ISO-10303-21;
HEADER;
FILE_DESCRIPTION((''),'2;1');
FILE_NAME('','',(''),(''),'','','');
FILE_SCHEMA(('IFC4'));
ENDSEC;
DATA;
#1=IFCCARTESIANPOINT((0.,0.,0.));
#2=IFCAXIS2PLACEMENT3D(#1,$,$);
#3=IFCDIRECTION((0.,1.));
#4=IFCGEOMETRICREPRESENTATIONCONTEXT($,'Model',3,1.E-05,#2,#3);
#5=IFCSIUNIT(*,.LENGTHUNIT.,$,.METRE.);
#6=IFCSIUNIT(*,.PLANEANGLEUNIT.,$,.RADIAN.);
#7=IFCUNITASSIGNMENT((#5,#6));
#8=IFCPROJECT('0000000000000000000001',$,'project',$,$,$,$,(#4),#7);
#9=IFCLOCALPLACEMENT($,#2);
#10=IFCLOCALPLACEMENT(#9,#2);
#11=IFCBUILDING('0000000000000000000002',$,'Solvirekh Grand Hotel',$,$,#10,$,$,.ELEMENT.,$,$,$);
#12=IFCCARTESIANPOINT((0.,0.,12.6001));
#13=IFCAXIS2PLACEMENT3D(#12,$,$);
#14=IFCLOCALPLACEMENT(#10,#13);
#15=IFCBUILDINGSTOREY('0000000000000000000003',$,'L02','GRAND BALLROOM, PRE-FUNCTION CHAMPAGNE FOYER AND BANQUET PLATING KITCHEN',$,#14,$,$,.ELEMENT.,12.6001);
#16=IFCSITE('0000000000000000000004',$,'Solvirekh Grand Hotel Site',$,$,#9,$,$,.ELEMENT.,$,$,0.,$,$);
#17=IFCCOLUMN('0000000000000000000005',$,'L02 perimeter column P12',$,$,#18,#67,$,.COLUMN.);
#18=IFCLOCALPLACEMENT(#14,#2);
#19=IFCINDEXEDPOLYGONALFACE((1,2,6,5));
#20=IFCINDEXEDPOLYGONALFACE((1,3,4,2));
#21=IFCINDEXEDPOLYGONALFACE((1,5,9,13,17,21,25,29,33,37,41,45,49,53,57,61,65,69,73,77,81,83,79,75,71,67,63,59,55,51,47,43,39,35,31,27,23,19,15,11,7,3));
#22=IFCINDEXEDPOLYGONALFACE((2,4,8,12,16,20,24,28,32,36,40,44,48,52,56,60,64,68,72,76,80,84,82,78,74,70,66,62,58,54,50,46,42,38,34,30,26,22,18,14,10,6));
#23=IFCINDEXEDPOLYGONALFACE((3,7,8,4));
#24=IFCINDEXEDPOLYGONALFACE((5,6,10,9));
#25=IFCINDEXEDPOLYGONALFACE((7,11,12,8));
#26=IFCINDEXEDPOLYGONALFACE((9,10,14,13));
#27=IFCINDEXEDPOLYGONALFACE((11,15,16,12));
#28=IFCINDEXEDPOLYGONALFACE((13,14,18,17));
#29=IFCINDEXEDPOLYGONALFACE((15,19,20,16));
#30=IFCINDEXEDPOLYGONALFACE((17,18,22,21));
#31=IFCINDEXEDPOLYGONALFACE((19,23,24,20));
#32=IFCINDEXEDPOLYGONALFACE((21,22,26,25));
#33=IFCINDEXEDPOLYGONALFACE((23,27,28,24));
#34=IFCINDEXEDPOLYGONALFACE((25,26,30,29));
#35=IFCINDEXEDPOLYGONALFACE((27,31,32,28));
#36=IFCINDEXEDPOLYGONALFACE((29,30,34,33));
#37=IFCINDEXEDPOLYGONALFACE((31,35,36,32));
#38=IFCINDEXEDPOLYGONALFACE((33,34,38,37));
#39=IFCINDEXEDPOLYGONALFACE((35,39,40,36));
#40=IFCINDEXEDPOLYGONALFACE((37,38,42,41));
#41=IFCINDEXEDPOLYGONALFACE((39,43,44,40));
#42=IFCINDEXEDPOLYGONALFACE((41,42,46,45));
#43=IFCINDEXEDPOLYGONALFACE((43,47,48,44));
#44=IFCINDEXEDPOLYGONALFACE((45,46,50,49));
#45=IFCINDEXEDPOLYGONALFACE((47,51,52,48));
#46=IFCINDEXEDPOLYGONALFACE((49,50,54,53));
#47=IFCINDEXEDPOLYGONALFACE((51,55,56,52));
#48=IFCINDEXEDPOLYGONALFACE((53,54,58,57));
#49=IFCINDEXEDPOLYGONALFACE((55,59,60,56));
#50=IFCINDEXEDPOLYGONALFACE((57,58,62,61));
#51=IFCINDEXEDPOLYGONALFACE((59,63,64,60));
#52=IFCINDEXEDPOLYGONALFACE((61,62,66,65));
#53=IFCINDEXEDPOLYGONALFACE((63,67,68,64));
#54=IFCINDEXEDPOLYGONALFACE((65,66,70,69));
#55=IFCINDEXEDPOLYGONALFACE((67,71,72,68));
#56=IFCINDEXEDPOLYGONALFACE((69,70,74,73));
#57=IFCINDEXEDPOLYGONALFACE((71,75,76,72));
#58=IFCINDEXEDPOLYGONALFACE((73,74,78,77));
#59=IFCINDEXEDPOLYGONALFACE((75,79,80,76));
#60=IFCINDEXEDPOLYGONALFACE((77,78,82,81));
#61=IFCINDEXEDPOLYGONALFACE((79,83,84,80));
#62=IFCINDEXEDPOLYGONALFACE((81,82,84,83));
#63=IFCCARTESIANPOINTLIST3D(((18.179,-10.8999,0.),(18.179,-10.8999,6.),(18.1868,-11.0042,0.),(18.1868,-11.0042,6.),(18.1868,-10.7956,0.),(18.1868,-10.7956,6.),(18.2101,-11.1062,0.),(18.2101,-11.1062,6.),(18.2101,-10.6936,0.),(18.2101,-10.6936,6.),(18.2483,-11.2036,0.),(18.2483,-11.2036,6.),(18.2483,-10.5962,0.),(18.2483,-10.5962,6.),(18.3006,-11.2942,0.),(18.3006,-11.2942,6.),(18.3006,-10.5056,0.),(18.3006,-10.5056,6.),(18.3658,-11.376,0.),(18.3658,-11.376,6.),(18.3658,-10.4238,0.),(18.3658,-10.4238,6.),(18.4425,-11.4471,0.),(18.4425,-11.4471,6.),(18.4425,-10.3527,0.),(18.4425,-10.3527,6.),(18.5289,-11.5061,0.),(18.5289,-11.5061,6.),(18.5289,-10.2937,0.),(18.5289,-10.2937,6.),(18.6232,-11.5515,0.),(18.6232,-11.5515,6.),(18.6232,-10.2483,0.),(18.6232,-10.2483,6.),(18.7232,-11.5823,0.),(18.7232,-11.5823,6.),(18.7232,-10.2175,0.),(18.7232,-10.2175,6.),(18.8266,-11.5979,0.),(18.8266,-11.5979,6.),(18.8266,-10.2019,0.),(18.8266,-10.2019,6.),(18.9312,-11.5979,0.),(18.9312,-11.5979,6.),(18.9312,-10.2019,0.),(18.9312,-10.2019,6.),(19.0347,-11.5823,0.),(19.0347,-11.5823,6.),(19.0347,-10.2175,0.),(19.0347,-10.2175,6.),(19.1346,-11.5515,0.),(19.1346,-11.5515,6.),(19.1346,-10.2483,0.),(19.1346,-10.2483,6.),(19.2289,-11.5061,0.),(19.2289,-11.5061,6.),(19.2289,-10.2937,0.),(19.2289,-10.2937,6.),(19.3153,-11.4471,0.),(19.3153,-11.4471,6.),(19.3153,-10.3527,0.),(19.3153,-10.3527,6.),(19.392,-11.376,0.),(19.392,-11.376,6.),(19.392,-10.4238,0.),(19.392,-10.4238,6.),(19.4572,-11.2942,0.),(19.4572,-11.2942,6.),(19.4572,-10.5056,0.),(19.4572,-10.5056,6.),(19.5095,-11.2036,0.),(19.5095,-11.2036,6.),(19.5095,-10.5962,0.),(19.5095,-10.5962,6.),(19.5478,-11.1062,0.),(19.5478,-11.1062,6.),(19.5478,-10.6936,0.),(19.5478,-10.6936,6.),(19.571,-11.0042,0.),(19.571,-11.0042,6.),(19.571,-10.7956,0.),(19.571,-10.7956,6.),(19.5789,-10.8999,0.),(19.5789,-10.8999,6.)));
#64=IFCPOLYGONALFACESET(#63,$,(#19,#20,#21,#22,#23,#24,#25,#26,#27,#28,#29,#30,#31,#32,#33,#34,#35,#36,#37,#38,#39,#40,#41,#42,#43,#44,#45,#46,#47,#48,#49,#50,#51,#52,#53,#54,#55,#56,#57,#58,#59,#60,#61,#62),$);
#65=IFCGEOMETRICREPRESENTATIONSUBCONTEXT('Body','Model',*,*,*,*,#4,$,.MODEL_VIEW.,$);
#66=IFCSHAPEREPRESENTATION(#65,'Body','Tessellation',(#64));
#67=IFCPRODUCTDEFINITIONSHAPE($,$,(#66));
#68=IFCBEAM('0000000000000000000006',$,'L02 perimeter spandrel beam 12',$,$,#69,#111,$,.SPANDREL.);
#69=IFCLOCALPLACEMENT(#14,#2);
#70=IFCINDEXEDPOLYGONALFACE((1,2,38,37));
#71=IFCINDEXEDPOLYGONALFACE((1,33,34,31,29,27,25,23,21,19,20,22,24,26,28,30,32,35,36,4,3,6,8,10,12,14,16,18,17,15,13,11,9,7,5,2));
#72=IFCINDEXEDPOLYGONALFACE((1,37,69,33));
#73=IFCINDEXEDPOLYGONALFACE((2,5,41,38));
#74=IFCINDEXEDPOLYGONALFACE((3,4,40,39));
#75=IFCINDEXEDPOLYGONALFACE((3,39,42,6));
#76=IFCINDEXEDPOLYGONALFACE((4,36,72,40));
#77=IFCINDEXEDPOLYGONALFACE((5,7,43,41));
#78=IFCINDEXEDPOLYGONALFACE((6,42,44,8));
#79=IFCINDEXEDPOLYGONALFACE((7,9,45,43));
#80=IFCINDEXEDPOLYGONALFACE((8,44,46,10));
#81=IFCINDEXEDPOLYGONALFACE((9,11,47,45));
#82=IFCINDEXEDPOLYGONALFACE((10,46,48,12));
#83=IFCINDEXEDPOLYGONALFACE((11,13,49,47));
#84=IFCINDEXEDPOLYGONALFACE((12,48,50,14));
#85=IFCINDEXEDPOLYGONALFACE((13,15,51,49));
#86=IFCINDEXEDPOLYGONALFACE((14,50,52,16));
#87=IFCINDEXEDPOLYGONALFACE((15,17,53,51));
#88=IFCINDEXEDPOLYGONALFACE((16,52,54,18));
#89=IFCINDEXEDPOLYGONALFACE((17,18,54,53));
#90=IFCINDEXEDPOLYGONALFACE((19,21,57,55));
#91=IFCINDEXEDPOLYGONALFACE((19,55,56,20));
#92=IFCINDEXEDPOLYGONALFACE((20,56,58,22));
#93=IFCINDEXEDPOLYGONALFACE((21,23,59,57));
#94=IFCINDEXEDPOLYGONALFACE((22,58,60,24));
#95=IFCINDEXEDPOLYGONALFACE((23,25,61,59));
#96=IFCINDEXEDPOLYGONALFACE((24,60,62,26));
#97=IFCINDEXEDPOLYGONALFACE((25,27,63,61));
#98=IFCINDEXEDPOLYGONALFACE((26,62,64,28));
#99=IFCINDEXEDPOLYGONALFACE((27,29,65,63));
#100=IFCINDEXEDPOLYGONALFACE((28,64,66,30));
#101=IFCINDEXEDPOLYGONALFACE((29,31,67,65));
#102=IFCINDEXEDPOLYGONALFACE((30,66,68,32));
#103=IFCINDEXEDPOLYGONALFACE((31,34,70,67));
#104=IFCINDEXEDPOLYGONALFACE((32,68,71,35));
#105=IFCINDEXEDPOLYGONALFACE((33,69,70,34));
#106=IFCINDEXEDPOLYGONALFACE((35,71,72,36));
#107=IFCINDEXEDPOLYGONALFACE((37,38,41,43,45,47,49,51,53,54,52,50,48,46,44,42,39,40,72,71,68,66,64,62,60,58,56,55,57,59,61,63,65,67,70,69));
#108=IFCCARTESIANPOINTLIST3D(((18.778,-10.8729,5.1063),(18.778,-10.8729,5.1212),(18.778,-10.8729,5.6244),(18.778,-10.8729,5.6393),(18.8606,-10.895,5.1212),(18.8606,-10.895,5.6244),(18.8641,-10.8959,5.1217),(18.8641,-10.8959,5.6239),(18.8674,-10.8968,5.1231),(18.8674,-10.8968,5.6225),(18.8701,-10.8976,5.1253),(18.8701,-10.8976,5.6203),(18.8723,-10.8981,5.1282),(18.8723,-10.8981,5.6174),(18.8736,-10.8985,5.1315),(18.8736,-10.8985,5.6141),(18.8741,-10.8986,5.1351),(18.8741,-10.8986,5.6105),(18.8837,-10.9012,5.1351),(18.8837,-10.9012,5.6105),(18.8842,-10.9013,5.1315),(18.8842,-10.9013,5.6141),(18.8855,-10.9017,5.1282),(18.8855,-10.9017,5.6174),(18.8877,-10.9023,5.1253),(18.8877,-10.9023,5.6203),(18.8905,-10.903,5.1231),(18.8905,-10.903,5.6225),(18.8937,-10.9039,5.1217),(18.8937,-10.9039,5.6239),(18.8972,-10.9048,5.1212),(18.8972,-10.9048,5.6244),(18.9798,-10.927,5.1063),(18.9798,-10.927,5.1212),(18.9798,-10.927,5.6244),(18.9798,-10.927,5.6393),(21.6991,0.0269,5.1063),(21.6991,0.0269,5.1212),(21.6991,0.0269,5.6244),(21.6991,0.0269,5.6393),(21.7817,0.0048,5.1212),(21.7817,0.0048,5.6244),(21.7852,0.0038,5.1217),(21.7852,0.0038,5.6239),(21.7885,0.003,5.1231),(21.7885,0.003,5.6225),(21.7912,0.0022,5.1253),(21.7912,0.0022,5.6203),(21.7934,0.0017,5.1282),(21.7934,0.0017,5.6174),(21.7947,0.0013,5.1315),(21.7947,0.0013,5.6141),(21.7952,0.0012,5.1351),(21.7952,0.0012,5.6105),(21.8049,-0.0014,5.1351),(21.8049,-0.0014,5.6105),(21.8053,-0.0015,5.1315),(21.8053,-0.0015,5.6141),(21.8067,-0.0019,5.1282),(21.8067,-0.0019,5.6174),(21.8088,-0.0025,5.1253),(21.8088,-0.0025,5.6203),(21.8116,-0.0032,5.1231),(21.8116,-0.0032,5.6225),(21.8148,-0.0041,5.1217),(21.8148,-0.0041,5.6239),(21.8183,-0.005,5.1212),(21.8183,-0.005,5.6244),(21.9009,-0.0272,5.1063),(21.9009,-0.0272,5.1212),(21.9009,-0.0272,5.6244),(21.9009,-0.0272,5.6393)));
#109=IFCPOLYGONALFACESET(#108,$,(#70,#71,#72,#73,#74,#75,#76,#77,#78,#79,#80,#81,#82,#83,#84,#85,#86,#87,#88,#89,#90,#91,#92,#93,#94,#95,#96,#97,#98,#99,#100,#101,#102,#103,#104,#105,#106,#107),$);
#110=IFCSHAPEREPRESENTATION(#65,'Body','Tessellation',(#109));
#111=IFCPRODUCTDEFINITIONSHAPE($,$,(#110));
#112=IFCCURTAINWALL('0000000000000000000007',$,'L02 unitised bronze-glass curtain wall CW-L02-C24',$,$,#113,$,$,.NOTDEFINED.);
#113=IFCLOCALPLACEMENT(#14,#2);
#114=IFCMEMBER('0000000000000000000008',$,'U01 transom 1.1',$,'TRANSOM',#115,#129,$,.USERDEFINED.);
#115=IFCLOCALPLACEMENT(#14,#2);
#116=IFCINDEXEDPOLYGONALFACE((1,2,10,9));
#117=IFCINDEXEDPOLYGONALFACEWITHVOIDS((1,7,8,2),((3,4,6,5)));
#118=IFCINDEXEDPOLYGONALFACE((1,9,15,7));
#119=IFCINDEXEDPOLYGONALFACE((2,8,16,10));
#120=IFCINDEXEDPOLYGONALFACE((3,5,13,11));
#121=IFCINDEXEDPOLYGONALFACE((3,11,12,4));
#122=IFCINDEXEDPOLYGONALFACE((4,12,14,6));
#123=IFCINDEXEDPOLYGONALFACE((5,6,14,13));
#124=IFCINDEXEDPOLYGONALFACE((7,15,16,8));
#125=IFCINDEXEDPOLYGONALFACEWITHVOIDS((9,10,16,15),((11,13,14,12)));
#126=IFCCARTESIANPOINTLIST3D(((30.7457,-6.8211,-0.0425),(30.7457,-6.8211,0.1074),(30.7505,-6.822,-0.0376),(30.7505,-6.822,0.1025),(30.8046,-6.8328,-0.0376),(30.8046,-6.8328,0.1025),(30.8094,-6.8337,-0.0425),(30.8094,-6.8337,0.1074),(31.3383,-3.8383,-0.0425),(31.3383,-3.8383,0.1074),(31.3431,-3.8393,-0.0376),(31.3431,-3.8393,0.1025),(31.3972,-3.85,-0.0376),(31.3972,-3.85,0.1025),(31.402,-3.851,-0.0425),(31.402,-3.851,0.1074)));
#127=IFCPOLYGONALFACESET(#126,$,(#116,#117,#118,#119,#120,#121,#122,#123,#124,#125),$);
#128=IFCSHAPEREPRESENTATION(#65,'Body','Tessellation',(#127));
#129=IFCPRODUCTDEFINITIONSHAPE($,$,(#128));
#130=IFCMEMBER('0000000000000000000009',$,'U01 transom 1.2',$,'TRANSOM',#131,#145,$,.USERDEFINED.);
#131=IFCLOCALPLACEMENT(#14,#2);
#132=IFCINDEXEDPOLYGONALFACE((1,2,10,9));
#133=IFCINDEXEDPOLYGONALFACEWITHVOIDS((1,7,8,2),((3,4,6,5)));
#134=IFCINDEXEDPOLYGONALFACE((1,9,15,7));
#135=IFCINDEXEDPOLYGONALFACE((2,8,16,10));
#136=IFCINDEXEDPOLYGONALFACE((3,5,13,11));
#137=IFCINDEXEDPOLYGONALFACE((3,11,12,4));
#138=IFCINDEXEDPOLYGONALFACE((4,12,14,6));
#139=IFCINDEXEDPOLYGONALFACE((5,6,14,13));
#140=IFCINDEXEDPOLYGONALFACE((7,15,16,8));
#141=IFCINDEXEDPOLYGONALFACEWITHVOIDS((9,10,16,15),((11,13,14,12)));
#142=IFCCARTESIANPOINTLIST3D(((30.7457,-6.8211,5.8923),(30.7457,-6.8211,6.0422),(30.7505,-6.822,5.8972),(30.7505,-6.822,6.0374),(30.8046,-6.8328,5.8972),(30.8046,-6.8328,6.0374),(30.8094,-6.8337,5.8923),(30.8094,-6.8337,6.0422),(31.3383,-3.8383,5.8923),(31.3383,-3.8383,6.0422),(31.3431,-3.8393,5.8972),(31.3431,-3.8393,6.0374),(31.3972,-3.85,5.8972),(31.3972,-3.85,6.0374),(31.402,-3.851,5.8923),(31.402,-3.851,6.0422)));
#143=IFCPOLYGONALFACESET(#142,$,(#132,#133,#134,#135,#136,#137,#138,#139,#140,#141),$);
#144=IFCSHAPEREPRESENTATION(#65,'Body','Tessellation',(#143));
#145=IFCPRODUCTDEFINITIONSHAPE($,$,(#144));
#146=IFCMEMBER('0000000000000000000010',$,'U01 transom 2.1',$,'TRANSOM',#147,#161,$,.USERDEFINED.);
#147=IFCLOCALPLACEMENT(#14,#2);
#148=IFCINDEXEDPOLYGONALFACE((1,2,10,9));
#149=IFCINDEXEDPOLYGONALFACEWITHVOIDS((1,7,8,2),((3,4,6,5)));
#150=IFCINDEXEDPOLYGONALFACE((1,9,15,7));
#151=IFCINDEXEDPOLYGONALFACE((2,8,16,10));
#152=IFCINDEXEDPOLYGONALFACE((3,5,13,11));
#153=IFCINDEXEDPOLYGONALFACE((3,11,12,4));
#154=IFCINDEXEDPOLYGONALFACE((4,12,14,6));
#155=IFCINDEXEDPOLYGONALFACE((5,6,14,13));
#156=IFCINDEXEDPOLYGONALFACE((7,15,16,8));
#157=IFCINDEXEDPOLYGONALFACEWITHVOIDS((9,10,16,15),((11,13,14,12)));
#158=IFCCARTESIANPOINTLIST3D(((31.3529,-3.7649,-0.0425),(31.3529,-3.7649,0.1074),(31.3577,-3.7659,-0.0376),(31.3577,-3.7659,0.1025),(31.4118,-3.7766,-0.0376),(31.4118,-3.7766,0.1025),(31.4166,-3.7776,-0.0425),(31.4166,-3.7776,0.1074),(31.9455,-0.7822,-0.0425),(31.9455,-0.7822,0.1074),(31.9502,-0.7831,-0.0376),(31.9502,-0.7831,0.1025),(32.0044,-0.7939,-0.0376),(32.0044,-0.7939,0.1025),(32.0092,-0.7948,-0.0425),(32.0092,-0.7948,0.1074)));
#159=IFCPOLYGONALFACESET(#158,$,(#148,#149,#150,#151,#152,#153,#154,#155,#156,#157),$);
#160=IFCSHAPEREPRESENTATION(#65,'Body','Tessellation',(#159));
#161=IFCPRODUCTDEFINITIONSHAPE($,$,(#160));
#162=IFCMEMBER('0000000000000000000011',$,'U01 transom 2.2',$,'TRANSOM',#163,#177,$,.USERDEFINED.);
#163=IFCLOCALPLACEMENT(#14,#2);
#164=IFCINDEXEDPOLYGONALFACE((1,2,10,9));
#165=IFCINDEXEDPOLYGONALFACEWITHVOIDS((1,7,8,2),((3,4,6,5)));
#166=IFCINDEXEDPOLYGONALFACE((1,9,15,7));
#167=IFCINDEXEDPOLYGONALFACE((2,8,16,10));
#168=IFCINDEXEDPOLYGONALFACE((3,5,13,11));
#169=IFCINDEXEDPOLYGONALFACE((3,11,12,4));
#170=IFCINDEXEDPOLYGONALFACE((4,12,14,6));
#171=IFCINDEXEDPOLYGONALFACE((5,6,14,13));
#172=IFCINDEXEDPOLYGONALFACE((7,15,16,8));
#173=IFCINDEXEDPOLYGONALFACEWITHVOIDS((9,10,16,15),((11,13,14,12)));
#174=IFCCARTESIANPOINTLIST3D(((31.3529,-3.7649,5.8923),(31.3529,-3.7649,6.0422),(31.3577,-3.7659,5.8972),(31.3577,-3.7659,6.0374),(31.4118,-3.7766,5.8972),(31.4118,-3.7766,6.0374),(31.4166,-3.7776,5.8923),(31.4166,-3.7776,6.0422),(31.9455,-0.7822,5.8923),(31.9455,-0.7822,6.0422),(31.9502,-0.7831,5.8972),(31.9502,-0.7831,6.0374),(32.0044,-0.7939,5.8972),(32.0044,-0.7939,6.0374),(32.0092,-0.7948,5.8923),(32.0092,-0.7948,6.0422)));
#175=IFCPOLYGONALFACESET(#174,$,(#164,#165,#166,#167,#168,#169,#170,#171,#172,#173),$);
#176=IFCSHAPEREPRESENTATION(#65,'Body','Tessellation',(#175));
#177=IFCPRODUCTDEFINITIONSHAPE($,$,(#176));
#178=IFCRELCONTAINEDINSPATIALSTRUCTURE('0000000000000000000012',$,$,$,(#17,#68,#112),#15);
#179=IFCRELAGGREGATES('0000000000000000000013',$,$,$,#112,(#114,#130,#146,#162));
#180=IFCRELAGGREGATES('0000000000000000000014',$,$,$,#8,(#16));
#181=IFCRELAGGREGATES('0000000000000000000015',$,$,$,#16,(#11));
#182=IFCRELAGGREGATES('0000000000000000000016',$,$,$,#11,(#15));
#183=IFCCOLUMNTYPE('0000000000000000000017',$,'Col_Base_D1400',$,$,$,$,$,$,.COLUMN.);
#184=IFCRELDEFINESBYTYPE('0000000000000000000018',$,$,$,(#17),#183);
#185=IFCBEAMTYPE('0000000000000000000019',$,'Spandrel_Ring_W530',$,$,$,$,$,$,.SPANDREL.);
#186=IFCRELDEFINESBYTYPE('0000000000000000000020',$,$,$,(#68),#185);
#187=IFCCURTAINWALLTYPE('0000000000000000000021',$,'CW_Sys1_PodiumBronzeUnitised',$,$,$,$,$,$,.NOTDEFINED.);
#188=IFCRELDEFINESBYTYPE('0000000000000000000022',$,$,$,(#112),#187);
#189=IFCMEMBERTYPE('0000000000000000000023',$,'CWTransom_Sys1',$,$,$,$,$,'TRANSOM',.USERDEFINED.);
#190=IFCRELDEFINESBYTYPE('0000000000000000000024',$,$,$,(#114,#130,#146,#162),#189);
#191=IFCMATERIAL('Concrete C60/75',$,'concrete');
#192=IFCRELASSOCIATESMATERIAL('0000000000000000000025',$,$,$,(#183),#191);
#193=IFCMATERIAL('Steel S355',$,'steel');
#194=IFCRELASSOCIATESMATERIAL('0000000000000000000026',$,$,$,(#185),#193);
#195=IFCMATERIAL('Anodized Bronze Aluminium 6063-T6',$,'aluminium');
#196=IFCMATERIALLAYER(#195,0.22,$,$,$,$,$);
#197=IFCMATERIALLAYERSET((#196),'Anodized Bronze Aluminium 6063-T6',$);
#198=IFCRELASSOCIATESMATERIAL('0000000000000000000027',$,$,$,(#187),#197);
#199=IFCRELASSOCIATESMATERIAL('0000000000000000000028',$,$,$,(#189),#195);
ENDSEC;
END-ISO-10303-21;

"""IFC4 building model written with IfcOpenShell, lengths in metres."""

from ifc_helpers import new_model, si_unit, direction, frame, origin, origin_2d, place, context, subcontext, project, spatial, hollow_rectangle, circle, i_section, extrude, source, transform, mapped, material, layer, layer_set, material_profile, profile_set, type_object, element, aggregate, save


model = new_model("IFC4")

# Units and contexts
model_context = context("Model", 3, precision=1e-05, world=origin(), true_north=direction((0.0, 1.0)))
body_context = subcontext(model_context, "Body", "Model", "MODEL_VIEW")
ifc_project = project(units=[si_unit("LENGTHUNIT", "METRE"), si_unit("PLANEANGLEUNIT", "RADIAN")], contexts=[model_context])

# Site, building, storey
site_placement = place(None, origin())
site = spatial("IfcSite", under=ifc_project, at=site_placement, Name="Solvirekh Grand Hotel Site", CompositionType="ELEMENT", RefElevation=0.0)
building_placement = place(site_placement, origin())
building = spatial("IfcBuilding", under=site, at=building_placement, Name="Solvirekh Grand Hotel", CompositionType="ELEMENT")
storey_placement = place(building_placement, frame((0.0, 0.0, 12.6001)))
storey = spatial("IfcBuildingStorey", under=building, at=storey_placement, Name="L02", Description="GRAND BALLROOM, PRE-FUNCTION CHAMPAGNE FOYER AND BANQUET PLATING KITCHEN", CompositionType="ELEMENT", Elevation=12.6001)

# Column
ifc_material_1 = material(Name="Concrete C60/75", Category="concrete")
ifc_material_profile_1 = material_profile(ifc_material_1, circle(Radius=0.7, at=origin_2d()), Name="RC CIRC D1400")
ifc_profile_set_1 = profile_set([ifc_material_profile_1], Name="Concrete C60/75")
column_type = type_object("IfcColumnType", Name="Col_Base_D1400", PredefinedType="COLUMN", material=ifc_profile_set_1)
column_placement = place(storey_placement, frame((18.8789, -10.8999, 0.0), z_axis=(0.0, 0.0, 1.0), x_axis=(1.0, 0.0, 0.0)))
element("IfcColumn", 1, at=column_placement, inside=storey, type_object=column_type, Name="L02 perimeter column P12", PredefinedType="COLUMN", context=body_context, shape_type="SweptSolid", body=[
    extrude(circle(Radius=0.7, at=origin_2d()), origin(), (0.0, 0.0, 1.0), 6.0),
])

# Beam
ifc_material_2 = material(Name="Steel S355", Category="steel")
ifc_material_profile_2 = material_profile(ifc_material_2, i_section(OverallWidth=0.209, OverallDepth=0.533, WebThickness=0.01, FlangeThickness=0.0149, FilletRadius=0.0139, at=origin_2d()), Name="W530X92")
ifc_profile_set_2 = profile_set([ifc_material_profile_2], Name="Steel S355")
beam_type = type_object("IfcBeamType", Name="Spandrel_Ring_W530", PredefinedType="SPANDREL", material=ifc_profile_set_2)
beam_placement = place(storey_placement, frame((18.8789, -10.8999, 5.3728), z_axis=(0.258862, 0.965914, 0.0), x_axis=(-0.965914, 0.258862, 0.0)))
element("IfcBeam", 2, at=beam_placement, inside=storey, type_object=beam_type, Name="L02 perimeter spandrel beam 12", PredefinedType="SPANDREL", context=body_context, shape_type="SweptSolid", body=[
    extrude(i_section(OverallWidth=0.209, OverallDepth=0.533, WebThickness=0.01, FlangeThickness=0.0149, FilletRadius=0.0139, at=origin_2d()), origin(), (0.0, 0.0, 1.0), 11.2844),
])

# Curtain wall, members
ifc_material_3 = material(Name="Anodized Bronze Aluminium 6063-T6", Category="aluminium")
ifc_layer_1 = layer(ifc_material_3, 0.22)
ifc_layer_set_1 = layer_set([ifc_layer_1], Name="Anodized Bronze Aluminium 6063-T6")
curtain_wall_type = type_object("IfcCurtainWallType", Name="CW_Sys1_PodiumBronzeUnitised", PredefinedType="NOTDEFINED", material=ifc_layer_set_1)
curtain_wall_1_placement = place(storey_placement, origin())
curtain_wall_1 = element("IfcCurtainWall", 3, at=curtain_wall_1_placement, inside=storey, type_object=curtain_wall_type, Name="L02 unitised bronze-glass curtain wall CW-L02-C24", PredefinedType="NOTDEFINED")
ifc_material_profile_3 = material_profile(ifc_material_3, hollow_rectangle(XDim=0.0649, YDim=0.1499, WallThickness=0.0049, at=origin_2d()), Name="ALU RHS 150X65X5")
ifc_profile_set_3 = profile_set([ifc_material_profile_3], Name="Anodized Bronze Aluminium 6063-T6")
member_type_1 = type_object("IfcMemberType", Name="CWTransom_Sys1", ElementType="TRANSOM", PredefinedType="USERDEFINED", material=ifc_profile_set_3)
shared_shape_1 = source(origin(), body_context, "Body", "SweptSolid", [
    extrude(hollow_rectangle(XDim=0.0649, YDim=0.1499, WallThickness=0.0049, at=origin_2d()), origin(), (0.0, 0.0, 1.0), 3.041),
])
member_1_placement = place(storey_placement, frame((30.7776, -6.8274, 0.0325), z_axis=(0.19485, 0.980833, 0.0), x_axis=(-0.980833, 0.19485, 0.0)))
member_1 = element("IfcMember", 4, at=member_1_placement, type_object=member_type_1, Name="U01 transom 1.1", ObjectType="TRANSOM", PredefinedType="USERDEFINED", context=body_context, shape_type="MappedRepresentation", body=[
    mapped(shared_shape_1, transform((0.0, 0.0, 0.0), x_axis=(1.0, 0.0, 0.0), y_axis=(0.0, 1.0, 0.0), z_axis=(0.0, 0.0, 1.0), scale=1.0)),
])
member_2_placement = place(storey_placement, frame((30.7776, -6.8274, 5.9673), z_axis=(0.19485, 0.980833, 0.0), x_axis=(-0.980833, 0.19485, 0.0)))
member_2 = element("IfcMember", 5, at=member_2_placement, type_object=member_type_1, Name="U01 transom 1.2", ObjectType="TRANSOM", PredefinedType="USERDEFINED", context=body_context, shape_type="MappedRepresentation", body=[
    mapped(shared_shape_1, transform((0.0, 0.0, 0.0), x_axis=(1.0, 0.0, 0.0), y_axis=(0.0, 1.0, 0.0), z_axis=(0.0, 0.0, 1.0), scale=1.0)),
])
member_3_placement = place(storey_placement, frame((31.3848, -3.7712, 0.0325), z_axis=(0.19485, 0.980833, 0.0), x_axis=(-0.980833, 0.19485, 0.0)))
member_3 = element("IfcMember", 6, at=member_3_placement, type_object=member_type_1, Name="U01 transom 2.1", ObjectType="TRANSOM", PredefinedType="USERDEFINED", context=body_context, shape_type="MappedRepresentation", body=[
    mapped(shared_shape_1, transform((0.0, 0.0, 0.0), x_axis=(1.0, 0.0, 0.0), y_axis=(0.0, 1.0, 0.0), z_axis=(0.0, 0.0, 1.0), scale=1.0)),
])
member_4_placement = place(storey_placement, frame((31.3848, -3.7712, 5.9673), z_axis=(0.19485, 0.980833, 0.0), x_axis=(-0.980833, 0.19485, 0.0)))
member_4 = element("IfcMember", 7, at=member_4_placement, type_object=member_type_1, Name="U01 transom 2.2", ObjectType="TRANSOM", PredefinedType="USERDEFINED", context=body_context, shape_type="MappedRepresentation", body=[
    mapped(shared_shape_1, transform((0.0, 0.0, 0.0), x_axis=(1.0, 0.0, 0.0), y_axis=(0.0, 1.0, 0.0), z_axis=(0.0, 0.0, 1.0), scale=1.0)),
])

aggregate(curtain_wall_1, [member_1, member_2, member_3, member_4])

save(model, "model.ifc")
